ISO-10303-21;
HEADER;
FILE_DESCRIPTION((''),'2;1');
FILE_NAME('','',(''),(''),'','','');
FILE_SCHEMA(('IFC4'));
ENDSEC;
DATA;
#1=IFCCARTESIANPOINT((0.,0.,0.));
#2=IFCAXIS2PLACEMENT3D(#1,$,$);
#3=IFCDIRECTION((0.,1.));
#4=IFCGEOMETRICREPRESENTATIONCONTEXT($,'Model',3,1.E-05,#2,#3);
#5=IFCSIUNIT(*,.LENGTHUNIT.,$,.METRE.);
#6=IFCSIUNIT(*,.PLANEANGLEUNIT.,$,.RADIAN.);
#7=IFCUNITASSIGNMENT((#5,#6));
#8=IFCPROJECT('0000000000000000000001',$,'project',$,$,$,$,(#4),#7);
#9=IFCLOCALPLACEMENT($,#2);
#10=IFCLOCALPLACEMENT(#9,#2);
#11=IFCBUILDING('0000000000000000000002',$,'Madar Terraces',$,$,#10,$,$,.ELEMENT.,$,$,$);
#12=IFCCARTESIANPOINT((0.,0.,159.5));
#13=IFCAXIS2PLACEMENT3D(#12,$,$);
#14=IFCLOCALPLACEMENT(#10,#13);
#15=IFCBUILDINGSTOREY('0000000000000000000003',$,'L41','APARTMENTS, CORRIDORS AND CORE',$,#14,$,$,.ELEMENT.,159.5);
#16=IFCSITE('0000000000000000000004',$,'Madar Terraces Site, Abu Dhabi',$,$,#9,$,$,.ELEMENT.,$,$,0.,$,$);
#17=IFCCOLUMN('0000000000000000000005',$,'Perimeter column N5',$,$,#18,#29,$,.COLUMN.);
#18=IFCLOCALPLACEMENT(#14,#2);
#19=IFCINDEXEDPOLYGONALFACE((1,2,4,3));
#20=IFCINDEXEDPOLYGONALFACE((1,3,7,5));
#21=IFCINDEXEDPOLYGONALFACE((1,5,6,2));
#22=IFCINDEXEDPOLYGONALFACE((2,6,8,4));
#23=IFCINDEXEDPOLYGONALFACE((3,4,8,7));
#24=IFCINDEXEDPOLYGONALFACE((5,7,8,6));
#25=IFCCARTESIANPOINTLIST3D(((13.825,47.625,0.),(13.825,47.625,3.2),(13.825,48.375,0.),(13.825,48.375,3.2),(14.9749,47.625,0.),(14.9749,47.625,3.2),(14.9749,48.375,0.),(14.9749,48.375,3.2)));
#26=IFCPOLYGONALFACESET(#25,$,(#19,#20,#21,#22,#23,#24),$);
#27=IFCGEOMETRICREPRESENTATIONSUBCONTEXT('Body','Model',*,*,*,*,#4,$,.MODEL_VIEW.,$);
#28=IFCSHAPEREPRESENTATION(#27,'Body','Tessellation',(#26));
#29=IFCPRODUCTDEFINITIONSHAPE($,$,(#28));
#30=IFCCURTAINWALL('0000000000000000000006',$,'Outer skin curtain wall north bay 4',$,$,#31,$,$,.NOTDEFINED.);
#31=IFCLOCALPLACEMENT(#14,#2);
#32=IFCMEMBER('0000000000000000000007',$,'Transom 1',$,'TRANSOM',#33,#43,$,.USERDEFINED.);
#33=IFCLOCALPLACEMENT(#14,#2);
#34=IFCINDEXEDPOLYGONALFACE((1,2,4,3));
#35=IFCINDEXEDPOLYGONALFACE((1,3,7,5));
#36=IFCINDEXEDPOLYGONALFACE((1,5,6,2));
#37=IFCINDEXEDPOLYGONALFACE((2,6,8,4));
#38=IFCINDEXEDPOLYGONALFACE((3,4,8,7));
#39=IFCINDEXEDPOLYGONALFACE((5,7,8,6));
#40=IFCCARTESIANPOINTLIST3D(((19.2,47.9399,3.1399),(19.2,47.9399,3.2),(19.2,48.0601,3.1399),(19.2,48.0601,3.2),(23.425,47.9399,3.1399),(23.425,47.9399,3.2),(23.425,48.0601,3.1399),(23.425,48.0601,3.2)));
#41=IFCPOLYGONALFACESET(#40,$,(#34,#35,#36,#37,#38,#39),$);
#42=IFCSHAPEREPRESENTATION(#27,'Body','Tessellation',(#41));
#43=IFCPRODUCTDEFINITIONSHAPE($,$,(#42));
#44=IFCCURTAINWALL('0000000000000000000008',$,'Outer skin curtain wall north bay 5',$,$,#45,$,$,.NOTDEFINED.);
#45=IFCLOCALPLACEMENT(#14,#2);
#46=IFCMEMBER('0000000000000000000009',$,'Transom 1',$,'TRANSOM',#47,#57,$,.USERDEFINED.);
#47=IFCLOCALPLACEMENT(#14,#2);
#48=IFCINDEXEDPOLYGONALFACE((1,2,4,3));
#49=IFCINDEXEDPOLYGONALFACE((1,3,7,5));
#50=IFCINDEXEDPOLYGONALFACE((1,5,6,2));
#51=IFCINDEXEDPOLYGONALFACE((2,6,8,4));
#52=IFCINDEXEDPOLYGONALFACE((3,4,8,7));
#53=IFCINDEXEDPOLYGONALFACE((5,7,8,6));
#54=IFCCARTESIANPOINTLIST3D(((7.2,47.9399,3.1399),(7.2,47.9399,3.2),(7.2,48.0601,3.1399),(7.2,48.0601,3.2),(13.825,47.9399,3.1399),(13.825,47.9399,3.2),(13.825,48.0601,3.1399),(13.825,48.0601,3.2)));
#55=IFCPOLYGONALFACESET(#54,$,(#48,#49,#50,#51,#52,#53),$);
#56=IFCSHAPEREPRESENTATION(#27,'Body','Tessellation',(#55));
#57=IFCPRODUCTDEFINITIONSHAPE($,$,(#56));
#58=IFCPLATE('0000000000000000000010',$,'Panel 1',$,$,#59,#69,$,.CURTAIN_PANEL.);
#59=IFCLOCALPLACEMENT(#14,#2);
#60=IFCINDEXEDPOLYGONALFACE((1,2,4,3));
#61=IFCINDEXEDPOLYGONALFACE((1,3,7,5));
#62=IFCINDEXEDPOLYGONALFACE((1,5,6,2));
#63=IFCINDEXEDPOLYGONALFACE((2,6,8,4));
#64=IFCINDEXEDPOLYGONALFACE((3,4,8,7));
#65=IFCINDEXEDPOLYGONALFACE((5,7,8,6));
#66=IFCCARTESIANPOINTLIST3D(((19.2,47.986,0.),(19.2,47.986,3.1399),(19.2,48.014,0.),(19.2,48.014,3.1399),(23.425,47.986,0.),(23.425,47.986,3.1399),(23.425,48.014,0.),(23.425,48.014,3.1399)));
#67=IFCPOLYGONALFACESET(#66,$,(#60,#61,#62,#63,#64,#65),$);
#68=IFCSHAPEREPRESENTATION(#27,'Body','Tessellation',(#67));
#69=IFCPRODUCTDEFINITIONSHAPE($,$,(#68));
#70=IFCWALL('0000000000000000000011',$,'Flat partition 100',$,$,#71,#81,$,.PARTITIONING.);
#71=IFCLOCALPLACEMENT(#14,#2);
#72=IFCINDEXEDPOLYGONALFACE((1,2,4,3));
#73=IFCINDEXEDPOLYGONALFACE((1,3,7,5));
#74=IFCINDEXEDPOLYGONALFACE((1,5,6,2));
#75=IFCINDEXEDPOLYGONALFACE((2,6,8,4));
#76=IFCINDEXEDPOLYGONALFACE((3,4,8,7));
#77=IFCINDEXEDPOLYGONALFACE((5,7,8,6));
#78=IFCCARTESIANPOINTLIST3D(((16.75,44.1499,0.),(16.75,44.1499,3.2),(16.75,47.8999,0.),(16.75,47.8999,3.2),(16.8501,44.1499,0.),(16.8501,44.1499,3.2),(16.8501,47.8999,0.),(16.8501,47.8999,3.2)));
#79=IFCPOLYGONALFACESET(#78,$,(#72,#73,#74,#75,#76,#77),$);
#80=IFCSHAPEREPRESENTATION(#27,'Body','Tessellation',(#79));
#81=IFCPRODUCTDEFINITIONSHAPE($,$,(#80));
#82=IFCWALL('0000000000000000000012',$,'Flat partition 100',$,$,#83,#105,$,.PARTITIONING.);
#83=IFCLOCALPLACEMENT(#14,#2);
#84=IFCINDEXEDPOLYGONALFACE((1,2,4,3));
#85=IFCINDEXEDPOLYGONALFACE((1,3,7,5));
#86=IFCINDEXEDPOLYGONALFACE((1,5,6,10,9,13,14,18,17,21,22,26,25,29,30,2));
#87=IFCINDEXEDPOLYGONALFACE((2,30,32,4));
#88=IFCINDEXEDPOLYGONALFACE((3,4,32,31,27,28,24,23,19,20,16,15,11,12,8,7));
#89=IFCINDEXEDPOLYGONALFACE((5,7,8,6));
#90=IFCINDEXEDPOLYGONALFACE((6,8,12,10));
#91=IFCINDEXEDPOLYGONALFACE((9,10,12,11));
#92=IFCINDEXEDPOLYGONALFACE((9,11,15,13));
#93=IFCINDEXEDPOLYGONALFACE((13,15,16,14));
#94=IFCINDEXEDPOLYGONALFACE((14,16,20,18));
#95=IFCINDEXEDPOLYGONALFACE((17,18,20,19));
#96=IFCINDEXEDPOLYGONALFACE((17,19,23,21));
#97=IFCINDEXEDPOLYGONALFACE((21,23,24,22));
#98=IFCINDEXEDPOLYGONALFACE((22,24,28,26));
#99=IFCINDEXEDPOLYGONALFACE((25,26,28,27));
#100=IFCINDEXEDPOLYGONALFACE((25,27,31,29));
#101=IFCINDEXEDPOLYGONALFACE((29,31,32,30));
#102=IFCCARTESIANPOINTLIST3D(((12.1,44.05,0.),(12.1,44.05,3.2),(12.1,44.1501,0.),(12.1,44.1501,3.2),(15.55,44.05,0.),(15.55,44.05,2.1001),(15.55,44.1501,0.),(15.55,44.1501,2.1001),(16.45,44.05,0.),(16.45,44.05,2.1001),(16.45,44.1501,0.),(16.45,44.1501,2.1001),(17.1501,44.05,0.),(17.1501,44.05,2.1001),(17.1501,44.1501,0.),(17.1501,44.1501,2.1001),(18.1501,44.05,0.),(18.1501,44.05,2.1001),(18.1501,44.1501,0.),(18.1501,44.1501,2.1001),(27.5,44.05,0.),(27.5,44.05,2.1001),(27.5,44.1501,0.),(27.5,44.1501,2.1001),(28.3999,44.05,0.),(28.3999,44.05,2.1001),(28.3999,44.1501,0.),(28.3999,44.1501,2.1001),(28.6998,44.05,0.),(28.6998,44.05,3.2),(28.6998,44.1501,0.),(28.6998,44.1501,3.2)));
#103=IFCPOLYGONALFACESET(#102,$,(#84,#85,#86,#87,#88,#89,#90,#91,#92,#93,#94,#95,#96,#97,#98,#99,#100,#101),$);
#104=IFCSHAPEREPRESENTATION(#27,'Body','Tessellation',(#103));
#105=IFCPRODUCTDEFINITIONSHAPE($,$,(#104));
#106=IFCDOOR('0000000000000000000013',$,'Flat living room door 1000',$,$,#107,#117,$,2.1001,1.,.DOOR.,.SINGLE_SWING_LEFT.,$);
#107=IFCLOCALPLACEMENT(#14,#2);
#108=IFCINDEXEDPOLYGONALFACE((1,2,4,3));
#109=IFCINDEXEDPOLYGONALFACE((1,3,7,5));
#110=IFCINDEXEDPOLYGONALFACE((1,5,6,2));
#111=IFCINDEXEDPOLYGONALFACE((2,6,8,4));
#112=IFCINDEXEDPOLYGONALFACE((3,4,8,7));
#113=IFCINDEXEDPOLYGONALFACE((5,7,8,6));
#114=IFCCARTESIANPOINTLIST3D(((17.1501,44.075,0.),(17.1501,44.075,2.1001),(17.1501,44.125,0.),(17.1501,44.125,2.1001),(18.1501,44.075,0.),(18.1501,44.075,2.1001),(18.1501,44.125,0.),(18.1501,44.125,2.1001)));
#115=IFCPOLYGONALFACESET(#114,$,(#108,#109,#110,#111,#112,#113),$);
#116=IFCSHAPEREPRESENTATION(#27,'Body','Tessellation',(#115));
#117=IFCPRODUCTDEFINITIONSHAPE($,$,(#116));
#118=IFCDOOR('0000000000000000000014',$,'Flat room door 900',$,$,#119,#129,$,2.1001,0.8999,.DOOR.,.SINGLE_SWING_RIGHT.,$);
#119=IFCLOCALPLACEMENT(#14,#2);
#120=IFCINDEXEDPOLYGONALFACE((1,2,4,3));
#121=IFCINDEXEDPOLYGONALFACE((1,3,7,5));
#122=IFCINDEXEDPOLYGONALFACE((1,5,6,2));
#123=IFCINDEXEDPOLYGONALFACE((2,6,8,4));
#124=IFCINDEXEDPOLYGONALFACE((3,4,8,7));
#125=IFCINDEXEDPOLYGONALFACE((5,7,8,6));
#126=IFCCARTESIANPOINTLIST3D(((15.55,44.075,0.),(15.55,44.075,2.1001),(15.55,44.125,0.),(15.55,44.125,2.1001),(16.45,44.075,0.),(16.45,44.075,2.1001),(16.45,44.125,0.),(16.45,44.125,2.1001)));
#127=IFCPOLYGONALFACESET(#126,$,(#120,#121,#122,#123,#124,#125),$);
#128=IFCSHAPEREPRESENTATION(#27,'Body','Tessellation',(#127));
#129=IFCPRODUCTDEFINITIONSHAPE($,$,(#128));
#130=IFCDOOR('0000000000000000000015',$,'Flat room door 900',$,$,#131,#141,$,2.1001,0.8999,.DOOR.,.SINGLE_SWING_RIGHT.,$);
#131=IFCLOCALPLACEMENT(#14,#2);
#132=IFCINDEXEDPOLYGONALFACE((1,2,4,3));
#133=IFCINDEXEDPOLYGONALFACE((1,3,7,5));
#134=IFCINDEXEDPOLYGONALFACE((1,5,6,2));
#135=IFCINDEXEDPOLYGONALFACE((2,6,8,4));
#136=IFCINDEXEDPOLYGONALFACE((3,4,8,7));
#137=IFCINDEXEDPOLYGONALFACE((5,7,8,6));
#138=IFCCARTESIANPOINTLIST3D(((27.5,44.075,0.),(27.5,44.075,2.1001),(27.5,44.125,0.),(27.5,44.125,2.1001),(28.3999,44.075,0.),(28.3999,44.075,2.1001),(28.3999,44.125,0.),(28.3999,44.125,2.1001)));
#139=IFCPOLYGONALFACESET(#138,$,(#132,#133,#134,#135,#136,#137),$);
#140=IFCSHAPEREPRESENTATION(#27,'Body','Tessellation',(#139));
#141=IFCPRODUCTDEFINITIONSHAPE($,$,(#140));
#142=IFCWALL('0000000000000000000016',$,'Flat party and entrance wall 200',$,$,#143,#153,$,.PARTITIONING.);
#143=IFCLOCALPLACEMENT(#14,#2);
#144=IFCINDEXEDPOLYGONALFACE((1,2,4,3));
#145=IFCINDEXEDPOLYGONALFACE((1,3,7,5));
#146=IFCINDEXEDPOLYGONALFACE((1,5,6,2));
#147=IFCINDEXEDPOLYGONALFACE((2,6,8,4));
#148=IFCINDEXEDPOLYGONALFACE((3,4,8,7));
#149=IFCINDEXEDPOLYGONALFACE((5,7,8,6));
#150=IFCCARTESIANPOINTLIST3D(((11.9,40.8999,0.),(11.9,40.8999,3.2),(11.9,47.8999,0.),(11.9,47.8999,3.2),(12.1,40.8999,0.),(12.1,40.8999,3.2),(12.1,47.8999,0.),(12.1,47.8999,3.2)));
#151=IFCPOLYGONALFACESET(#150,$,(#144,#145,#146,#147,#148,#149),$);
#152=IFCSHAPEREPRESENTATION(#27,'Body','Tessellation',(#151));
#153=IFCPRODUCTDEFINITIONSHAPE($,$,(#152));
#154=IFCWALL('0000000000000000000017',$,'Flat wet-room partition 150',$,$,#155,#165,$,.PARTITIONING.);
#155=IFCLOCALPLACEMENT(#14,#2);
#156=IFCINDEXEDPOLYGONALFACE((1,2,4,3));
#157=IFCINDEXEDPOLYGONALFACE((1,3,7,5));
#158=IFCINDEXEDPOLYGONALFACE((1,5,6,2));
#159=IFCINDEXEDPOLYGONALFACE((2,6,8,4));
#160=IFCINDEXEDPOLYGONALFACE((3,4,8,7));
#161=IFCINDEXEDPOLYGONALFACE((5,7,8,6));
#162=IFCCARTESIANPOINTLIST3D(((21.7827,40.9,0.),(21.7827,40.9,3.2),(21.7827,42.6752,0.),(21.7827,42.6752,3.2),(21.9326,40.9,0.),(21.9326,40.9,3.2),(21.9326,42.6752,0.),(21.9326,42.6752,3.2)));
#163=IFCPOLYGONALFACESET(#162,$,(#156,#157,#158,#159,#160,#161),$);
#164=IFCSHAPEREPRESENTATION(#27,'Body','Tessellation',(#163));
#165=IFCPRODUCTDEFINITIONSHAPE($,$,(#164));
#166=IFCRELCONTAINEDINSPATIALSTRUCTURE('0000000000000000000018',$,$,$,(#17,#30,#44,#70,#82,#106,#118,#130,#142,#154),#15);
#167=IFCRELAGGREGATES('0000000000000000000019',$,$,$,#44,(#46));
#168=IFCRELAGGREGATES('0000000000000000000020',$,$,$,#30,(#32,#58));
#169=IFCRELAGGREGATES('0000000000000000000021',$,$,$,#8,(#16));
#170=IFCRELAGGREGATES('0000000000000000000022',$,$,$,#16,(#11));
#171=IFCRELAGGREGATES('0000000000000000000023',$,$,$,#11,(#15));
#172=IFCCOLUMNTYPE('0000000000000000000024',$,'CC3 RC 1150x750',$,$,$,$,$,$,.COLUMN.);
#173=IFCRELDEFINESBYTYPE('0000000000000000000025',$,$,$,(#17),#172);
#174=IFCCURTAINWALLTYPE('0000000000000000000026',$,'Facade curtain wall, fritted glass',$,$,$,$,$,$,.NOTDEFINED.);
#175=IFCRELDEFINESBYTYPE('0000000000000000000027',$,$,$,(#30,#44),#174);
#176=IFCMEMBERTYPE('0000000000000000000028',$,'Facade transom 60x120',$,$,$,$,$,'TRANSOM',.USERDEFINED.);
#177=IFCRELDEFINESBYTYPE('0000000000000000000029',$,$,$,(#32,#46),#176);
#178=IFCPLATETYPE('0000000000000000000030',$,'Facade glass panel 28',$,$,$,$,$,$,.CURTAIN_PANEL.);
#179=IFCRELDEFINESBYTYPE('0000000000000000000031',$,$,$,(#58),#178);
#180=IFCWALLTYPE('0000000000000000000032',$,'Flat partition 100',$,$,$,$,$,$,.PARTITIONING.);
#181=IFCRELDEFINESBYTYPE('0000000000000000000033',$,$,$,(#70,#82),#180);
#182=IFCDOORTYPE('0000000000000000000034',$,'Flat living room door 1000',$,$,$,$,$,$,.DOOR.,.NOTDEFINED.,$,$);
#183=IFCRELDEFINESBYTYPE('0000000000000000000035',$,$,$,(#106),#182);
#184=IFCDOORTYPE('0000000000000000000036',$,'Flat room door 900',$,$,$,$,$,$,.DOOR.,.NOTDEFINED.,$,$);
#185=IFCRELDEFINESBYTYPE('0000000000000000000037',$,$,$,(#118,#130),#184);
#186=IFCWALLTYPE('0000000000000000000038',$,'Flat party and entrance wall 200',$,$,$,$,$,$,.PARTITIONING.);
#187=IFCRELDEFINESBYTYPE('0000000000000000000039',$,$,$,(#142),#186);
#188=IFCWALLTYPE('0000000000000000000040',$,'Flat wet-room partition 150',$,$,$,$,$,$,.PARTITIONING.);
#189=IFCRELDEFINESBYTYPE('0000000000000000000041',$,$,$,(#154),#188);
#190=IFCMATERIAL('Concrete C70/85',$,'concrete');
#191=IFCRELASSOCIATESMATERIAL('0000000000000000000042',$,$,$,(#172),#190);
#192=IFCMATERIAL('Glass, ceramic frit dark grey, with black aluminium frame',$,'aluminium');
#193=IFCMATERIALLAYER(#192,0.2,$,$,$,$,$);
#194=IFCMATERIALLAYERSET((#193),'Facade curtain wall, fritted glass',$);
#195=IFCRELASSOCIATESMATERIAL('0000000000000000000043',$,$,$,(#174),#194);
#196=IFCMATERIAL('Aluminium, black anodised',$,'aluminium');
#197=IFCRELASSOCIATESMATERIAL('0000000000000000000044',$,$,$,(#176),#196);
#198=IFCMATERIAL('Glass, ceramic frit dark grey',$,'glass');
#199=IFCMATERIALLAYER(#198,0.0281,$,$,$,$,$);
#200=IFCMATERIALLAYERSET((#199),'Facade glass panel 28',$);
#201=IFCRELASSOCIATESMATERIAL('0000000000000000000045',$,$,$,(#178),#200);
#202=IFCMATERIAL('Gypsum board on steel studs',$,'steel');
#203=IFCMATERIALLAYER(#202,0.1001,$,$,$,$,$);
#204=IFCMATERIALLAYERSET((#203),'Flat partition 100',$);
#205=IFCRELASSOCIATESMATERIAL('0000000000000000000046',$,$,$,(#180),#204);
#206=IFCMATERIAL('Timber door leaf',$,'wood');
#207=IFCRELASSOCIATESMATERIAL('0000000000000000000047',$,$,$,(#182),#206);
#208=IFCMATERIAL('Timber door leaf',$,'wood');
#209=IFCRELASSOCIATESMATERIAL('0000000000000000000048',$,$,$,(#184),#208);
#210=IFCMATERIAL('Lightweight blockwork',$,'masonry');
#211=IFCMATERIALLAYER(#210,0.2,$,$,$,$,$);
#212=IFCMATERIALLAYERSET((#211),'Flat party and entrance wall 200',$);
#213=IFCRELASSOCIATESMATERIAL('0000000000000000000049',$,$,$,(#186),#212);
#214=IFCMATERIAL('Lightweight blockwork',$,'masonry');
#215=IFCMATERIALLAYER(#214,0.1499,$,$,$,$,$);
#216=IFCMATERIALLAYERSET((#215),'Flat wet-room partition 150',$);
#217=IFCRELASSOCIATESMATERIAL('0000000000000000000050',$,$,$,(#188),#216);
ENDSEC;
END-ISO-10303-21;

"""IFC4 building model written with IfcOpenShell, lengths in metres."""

from ifc_helpers import new_model, si_unit, direction, frame, frame_2d, origin, origin_2d, place, context, subcontext, project, spatial, rectangle, extrude, material, layer, layer_set, material_profile, profile_set, type_object, element, fill, aggregate, save


model = new_model("IFC4")

# Units and contexts
model_context = context("Model", 3, precision=1e-05, world=origin(), true_north=direction((0.0, 1.0)))
body_context = subcontext(model_context, "Body", "Model", "MODEL_VIEW")
ifc_project = project(units=[si_unit("LENGTHUNIT", "METRE"), si_unit("PLANEANGLEUNIT", "RADIAN")], contexts=[model_context])

# Site, building, storey
site_placement = place(None, origin())
site = spatial("IfcSite", under=ifc_project, at=site_placement, Name="Madar Terraces Site, Abu Dhabi", CompositionType="ELEMENT", RefElevation=0.0)
building_placement = place(site_placement, origin())
building = spatial("IfcBuilding", under=site, at=building_placement, Name="Madar Terraces", CompositionType="ELEMENT")
storey_placement = place(building_placement, frame((0.0, 0.0, 159.5)))
storey = spatial("IfcBuildingStorey", under=building, at=storey_placement, Name="L41", Description="APARTMENTS, CORRIDORS AND CORE", CompositionType="ELEMENT", Elevation=159.5)

# Column
ifc_material_1 = material(Name="Concrete C70/85", Category="concrete")
ifc_material_profile_1 = material_profile(ifc_material_1, rectangle(XDim=1.1499, YDim=0.75, at=origin_2d()), Name="CC3 RC 1150x750")
ifc_profile_set_1 = profile_set([ifc_material_profile_1], Name="Concrete C70/85")
column_type = type_object("IfcColumnType", Name="CC3 RC 1150x750", PredefinedType="COLUMN", material=ifc_profile_set_1)
column_placement = place(storey_placement, frame((14.3999, 48.0, 0.0), z_axis=(0.0, 0.0, 1.0), x_axis=(1.0, 0.0, 0.0)))
element("IfcColumn", 1, at=column_placement, inside=storey, type_object=column_type, Name="Perimeter column N5", PredefinedType="COLUMN", context=body_context, shape_type="SweptSolid", body=[
    extrude(rectangle(XDim=1.1499, YDim=0.75, at=origin_2d()), origin(), (0.0, 0.0, 1.0), 3.2),
])

# Curtain walls, members
ifc_material_2 = material(Name="Glass, ceramic frit dark grey, with black aluminium frame", Category="aluminium")
ifc_layer_1 = layer(ifc_material_2, 0.2)
ifc_layer_set_1 = layer_set([ifc_layer_1], Name="Facade curtain wall, fritted glass")
curtain_wall_type = type_object("IfcCurtainWallType", Name="Facade curtain wall, fritted glass", PredefinedType="NOTDEFINED", material=ifc_layer_set_1)
curtain_wall_1_placement = place(storey_placement, origin())
curtain_wall_1 = element("IfcCurtainWall", 2, at=curtain_wall_1_placement, inside=storey, type_object=curtain_wall_type, Name="Outer skin curtain wall north bay 4", PredefinedType="NOTDEFINED")
ifc_material_3 = material(Name="Aluminium, black anodised", Category="aluminium")
ifc_material_profile_2 = material_profile(ifc_material_3, rectangle(XDim=0.1201, YDim=0.0601, at=origin_2d()), Name="Facade transom 60x120")
ifc_profile_set_2 = profile_set([ifc_material_profile_2], Name="Aluminium, black anodised")
member_type = type_object("IfcMemberType", Name="Facade transom 60x120", ElementType="TRANSOM", PredefinedType="USERDEFINED", material=ifc_profile_set_2)
member_1_placement = place(storey_placement, frame((23.425, 48.0, 3.1699), z_axis=(-1.0, 0.0, 0.0), x_axis=(0.0, -1.0, 0.0)))
member_1 = element("IfcMember", 3, at=member_1_placement, type_object=member_type, Name="Transom 1", ObjectType="TRANSOM", PredefinedType="USERDEFINED", context=body_context, shape_type="SweptSolid", body=[
    extrude(rectangle(XDim=0.1201, YDim=0.0601, at=origin_2d()), origin(), (0.0, 0.0, 1.0), 4.2251),
])
curtain_wall_2_placement = place(storey_placement, origin())
curtain_wall_2 = element("IfcCurtainWall", 4, at=curtain_wall_2_placement, inside=storey, type_object=curtain_wall_type, Name="Outer skin curtain wall north bay 5", PredefinedType="NOTDEFINED")
member_2_placement = place(storey_placement, frame((13.825, 48.0, 3.1699), z_axis=(-1.0, 0.0, 0.0), x_axis=(0.0, -1.0, 0.0)))
member_2 = element("IfcMember", 5, at=member_2_placement, type_object=member_type, Name="Transom 1", ObjectType="TRANSOM", PredefinedType="USERDEFINED", context=body_context, shape_type="SweptSolid", body=[
    extrude(rectangle(XDim=0.1201, YDim=0.0601, at=origin_2d()), origin(), (0.0, 0.0, 1.0), 6.625),
])
aggregate(curtain_wall_2, [member_2])

# Plate
ifc_material_4 = material(Name="Glass, ceramic frit dark grey", Category="glass")
ifc_layer_2 = layer(ifc_material_4, 0.0281)
ifc_layer_set_2 = layer_set([ifc_layer_2], Name="Facade glass panel 28")
plate_type = type_object("IfcPlateType", Name="Facade glass panel 28", PredefinedType="CURTAIN_PANEL", material=ifc_layer_set_2)
plate_placement = place(storey_placement, frame((21.3125, 48.0, 0.0), z_axis=(0.0, 0.0, 1.0), x_axis=(-1.0, 0.0, 0.0)))
plate = element("IfcPlate", 6, at=plate_placement, type_object=plate_type, Name="Panel 1", PredefinedType="CURTAIN_PANEL", context=body_context, shape_type="SweptSolid", body=[
    extrude(rectangle(XDim=4.2251, YDim=0.0281, at=origin_2d()), origin(), (0.0, 0.0, 1.0), 3.1399),
])
aggregate(curtain_wall_1, [member_1, plate])

# Wall
ifc_material_5 = material(Name="Gypsum board on steel studs", Category="steel")
ifc_layer_3 = layer(ifc_material_5, 0.1001)
ifc_layer_set_3 = layer_set([ifc_layer_3], Name="Flat partition 100")
wall_type_1 = type_object("IfcWallType", Name="Flat partition 100", PredefinedType="PARTITIONING", material=ifc_layer_set_3)
wall_1_placement = place(storey_placement, frame((16.8, 44.1499, 0.0), z_axis=(0.0, 0.0, 1.0), x_axis=(0.0, 1.0, 0.0)))
element("IfcWall", 7, at=wall_1_placement, inside=storey, type_object=wall_type_1, Name="Flat partition 100", PredefinedType="PARTITIONING", context=body_context, shape_type="SweptSolid", body=[
    extrude(rectangle(XDim=3.75, YDim=0.1001, at=frame_2d((1.875, 0.0))), origin(), (0.0, 0.0, 1.0), 3.2),
])

# Wall, openings, doors
wall_2_placement = place(storey_placement, frame((12.1001, 44.1001, 0.0), z_axis=(0.0, 0.0, 1.0), x_axis=(1.0, 0.0, 0.0)))
wall_2 = element("IfcWall", 8, at=wall_2_placement, inside=storey, type_object=wall_type_1, Name="Flat partition 100", PredefinedType="PARTITIONING", context=body_context, shape_type="SweptSolid", body=[
    extrude(rectangle(XDim=16.5999, YDim=0.1001, at=frame_2d((8.2998, 0.0))), origin(), (0.0, 0.0, 1.0), 3.2),
])
opening_1_placement = place(wall_2_placement, frame((3.45, 0.0, 0.0)))
opening_1 = element("IfcOpeningElement", 9, at=opening_1_placement, cuts=wall_2, PredefinedType="OPENING", context=body_context, shape_type="SweptSolid", body=[
    extrude(rectangle(XDim=0.8999, YDim=2.1001, at=frame_2d((0.45, 1.05))), frame((0.0, 0.0601, 0.0), z_axis=(0.0, -1.0, 0.0), x_axis=(1.0, 0.0, 0.0)), (0.0, 0.0, 1.0), 0.1201),
])
opening_2_placement = place(wall_2_placement, frame((5.05, 0.0, 0.0)))
opening_2 = element("IfcOpeningElement", 10, at=opening_2_placement, cuts=wall_2, PredefinedType="OPENING", context=body_context, shape_type="SweptSolid", body=[
    extrude(rectangle(XDim=1.0, YDim=2.1001, at=frame_2d((0.5, 1.05))), frame((0.0, 0.0601, 0.0), z_axis=(0.0, -1.0, 0.0), x_axis=(1.0, 0.0, 0.0)), (0.0, 0.0, 1.0), 0.1201),
])
opening_3_placement = place(wall_2_placement, frame((15.3999, 0.0, 0.0)))
opening_3 = element("IfcOpeningElement", 11, at=opening_3_placement, cuts=wall_2, PredefinedType="OPENING", context=body_context, shape_type="SweptSolid", body=[
    extrude(rectangle(XDim=0.8999, YDim=2.1001, at=frame_2d((0.45, 1.05))), frame((0.0, 0.0601, 0.0), z_axis=(0.0, -1.0, 0.0), x_axis=(1.0, 0.0, 0.0)), (0.0, 0.0, 1.0), 0.1201),
])
ifc_material_6 = material(Name="Timber door leaf", Category="wood")
door_type_1 = type_object("IfcDoorType", Name="Flat living room door 1000", OperationType="NOTDEFINED", PredefinedType="DOOR", material=ifc_material_6)
door_1_placement = place(opening_2_placement, origin())
door_1 = element("IfcDoor", 12, at=door_1_placement, inside=storey, type_object=door_type_1, Name="Flat living room door 1000", OperationType="SINGLE_SWING_LEFT", OverallHeight=2.1001, OverallWidth=1.0, PredefinedType="DOOR", context=body_context, shape_type="SweptSolid", body=[
    extrude(rectangle(XDim=1.0, YDim=2.1001, at=frame_2d((0.5, 1.05))), frame((0.0, 0.0249, 0.0), z_axis=(0.0, -1.0, 0.0), x_axis=(1.0, 0.0, 0.0)), (0.0, 0.0, 1.0), 0.05),
])
fill(opening_2, door_1)
ifc_material_7 = material(Name="Timber door leaf", Category="wood")
door_type_2 = type_object("IfcDoorType", Name="Flat room door 900", OperationType="NOTDEFINED", PredefinedType="DOOR", material=ifc_material_7)
door_2_placement = place(opening_1_placement, origin())
door_2 = element("IfcDoor", 13, at=door_2_placement, inside=storey, type_object=door_type_2, Name="Flat room door 900", OperationType="SINGLE_SWING_RIGHT", OverallHeight=2.1001, OverallWidth=0.8999, PredefinedType="DOOR", context=body_context, shape_type="SweptSolid", body=[
    extrude(rectangle(XDim=0.8999, YDim=2.1001, at=frame_2d((0.45, 1.05))), frame((0.0, 0.0249, 0.0), z_axis=(0.0, -1.0, 0.0), x_axis=(1.0, 0.0, 0.0)), (0.0, 0.0, 1.0), 0.05),
])
fill(opening_1, door_2)
door_3_placement = place(opening_3_placement, origin())
door_3 = element("IfcDoor", 14, at=door_3_placement, inside=storey, type_object=door_type_2, Name="Flat room door 900", OperationType="SINGLE_SWING_RIGHT", OverallHeight=2.1001, OverallWidth=0.8999, PredefinedType="DOOR", context=body_context, shape_type="SweptSolid", body=[
    extrude(rectangle(XDim=0.8999, YDim=2.1001, at=frame_2d((0.45, 1.05))), frame((0.0, 0.0249, 0.0), z_axis=(0.0, -1.0, 0.0), x_axis=(1.0, 0.0, 0.0)), (0.0, 0.0, 1.0), 0.05),
])
fill(opening_3, door_3)

# Walls
ifc_material_8 = material(Name="Lightweight blockwork", Category="masonry")
ifc_layer_4 = layer(ifc_material_8, 0.2)
ifc_layer_set_4 = layer_set([ifc_layer_4], Name="Flat party and entrance wall 200")
wall_type_2 = type_object("IfcWallType", Name="Flat party and entrance wall 200", PredefinedType="PARTITIONING", material=ifc_layer_set_4)
wall_3_placement = place(storey_placement, frame((12.0, 47.8999, 0.0), z_axis=(0.0, 0.0, 1.0), x_axis=(0.0, -1.0, 0.0)))
element("IfcWall", 15, at=wall_3_placement, inside=storey, type_object=wall_type_2, Name="Flat party and entrance wall 200", PredefinedType="PARTITIONING", context=body_context, shape_type="SweptSolid", body=[
    extrude(rectangle(XDim=7.0, YDim=0.2, at=frame_2d((3.5, 0.0))), origin(), (0.0, 0.0, 1.0), 3.2),
])
ifc_material_9 = material(Name="Lightweight blockwork", Category="masonry")
ifc_layer_5 = layer(ifc_material_9, 0.1499)
ifc_layer_set_5 = layer_set([ifc_layer_5], Name="Flat wet-room partition 150")
wall_type_3 = type_object("IfcWallType", Name="Flat wet-room partition 150", PredefinedType="PARTITIONING", material=ifc_layer_set_5)
wall_4_placement = place(storey_placement, frame((21.8577, 40.8999, 0.0), z_axis=(0.0, 0.0, 1.0), x_axis=(0.0, 1.0, 0.0)))
element("IfcWall", 16, at=wall_4_placement, inside=storey, type_object=wall_type_3, Name="Flat wet-room partition 150", PredefinedType="PARTITIONING", context=body_context, shape_type="SweptSolid", body=[
    extrude(rectangle(XDim=1.7751, YDim=0.1499, at=frame_2d((0.8877, 0.0))), origin(), (0.0, 0.0, 1.0), 3.2),
])

save(model, "model.ifc")
